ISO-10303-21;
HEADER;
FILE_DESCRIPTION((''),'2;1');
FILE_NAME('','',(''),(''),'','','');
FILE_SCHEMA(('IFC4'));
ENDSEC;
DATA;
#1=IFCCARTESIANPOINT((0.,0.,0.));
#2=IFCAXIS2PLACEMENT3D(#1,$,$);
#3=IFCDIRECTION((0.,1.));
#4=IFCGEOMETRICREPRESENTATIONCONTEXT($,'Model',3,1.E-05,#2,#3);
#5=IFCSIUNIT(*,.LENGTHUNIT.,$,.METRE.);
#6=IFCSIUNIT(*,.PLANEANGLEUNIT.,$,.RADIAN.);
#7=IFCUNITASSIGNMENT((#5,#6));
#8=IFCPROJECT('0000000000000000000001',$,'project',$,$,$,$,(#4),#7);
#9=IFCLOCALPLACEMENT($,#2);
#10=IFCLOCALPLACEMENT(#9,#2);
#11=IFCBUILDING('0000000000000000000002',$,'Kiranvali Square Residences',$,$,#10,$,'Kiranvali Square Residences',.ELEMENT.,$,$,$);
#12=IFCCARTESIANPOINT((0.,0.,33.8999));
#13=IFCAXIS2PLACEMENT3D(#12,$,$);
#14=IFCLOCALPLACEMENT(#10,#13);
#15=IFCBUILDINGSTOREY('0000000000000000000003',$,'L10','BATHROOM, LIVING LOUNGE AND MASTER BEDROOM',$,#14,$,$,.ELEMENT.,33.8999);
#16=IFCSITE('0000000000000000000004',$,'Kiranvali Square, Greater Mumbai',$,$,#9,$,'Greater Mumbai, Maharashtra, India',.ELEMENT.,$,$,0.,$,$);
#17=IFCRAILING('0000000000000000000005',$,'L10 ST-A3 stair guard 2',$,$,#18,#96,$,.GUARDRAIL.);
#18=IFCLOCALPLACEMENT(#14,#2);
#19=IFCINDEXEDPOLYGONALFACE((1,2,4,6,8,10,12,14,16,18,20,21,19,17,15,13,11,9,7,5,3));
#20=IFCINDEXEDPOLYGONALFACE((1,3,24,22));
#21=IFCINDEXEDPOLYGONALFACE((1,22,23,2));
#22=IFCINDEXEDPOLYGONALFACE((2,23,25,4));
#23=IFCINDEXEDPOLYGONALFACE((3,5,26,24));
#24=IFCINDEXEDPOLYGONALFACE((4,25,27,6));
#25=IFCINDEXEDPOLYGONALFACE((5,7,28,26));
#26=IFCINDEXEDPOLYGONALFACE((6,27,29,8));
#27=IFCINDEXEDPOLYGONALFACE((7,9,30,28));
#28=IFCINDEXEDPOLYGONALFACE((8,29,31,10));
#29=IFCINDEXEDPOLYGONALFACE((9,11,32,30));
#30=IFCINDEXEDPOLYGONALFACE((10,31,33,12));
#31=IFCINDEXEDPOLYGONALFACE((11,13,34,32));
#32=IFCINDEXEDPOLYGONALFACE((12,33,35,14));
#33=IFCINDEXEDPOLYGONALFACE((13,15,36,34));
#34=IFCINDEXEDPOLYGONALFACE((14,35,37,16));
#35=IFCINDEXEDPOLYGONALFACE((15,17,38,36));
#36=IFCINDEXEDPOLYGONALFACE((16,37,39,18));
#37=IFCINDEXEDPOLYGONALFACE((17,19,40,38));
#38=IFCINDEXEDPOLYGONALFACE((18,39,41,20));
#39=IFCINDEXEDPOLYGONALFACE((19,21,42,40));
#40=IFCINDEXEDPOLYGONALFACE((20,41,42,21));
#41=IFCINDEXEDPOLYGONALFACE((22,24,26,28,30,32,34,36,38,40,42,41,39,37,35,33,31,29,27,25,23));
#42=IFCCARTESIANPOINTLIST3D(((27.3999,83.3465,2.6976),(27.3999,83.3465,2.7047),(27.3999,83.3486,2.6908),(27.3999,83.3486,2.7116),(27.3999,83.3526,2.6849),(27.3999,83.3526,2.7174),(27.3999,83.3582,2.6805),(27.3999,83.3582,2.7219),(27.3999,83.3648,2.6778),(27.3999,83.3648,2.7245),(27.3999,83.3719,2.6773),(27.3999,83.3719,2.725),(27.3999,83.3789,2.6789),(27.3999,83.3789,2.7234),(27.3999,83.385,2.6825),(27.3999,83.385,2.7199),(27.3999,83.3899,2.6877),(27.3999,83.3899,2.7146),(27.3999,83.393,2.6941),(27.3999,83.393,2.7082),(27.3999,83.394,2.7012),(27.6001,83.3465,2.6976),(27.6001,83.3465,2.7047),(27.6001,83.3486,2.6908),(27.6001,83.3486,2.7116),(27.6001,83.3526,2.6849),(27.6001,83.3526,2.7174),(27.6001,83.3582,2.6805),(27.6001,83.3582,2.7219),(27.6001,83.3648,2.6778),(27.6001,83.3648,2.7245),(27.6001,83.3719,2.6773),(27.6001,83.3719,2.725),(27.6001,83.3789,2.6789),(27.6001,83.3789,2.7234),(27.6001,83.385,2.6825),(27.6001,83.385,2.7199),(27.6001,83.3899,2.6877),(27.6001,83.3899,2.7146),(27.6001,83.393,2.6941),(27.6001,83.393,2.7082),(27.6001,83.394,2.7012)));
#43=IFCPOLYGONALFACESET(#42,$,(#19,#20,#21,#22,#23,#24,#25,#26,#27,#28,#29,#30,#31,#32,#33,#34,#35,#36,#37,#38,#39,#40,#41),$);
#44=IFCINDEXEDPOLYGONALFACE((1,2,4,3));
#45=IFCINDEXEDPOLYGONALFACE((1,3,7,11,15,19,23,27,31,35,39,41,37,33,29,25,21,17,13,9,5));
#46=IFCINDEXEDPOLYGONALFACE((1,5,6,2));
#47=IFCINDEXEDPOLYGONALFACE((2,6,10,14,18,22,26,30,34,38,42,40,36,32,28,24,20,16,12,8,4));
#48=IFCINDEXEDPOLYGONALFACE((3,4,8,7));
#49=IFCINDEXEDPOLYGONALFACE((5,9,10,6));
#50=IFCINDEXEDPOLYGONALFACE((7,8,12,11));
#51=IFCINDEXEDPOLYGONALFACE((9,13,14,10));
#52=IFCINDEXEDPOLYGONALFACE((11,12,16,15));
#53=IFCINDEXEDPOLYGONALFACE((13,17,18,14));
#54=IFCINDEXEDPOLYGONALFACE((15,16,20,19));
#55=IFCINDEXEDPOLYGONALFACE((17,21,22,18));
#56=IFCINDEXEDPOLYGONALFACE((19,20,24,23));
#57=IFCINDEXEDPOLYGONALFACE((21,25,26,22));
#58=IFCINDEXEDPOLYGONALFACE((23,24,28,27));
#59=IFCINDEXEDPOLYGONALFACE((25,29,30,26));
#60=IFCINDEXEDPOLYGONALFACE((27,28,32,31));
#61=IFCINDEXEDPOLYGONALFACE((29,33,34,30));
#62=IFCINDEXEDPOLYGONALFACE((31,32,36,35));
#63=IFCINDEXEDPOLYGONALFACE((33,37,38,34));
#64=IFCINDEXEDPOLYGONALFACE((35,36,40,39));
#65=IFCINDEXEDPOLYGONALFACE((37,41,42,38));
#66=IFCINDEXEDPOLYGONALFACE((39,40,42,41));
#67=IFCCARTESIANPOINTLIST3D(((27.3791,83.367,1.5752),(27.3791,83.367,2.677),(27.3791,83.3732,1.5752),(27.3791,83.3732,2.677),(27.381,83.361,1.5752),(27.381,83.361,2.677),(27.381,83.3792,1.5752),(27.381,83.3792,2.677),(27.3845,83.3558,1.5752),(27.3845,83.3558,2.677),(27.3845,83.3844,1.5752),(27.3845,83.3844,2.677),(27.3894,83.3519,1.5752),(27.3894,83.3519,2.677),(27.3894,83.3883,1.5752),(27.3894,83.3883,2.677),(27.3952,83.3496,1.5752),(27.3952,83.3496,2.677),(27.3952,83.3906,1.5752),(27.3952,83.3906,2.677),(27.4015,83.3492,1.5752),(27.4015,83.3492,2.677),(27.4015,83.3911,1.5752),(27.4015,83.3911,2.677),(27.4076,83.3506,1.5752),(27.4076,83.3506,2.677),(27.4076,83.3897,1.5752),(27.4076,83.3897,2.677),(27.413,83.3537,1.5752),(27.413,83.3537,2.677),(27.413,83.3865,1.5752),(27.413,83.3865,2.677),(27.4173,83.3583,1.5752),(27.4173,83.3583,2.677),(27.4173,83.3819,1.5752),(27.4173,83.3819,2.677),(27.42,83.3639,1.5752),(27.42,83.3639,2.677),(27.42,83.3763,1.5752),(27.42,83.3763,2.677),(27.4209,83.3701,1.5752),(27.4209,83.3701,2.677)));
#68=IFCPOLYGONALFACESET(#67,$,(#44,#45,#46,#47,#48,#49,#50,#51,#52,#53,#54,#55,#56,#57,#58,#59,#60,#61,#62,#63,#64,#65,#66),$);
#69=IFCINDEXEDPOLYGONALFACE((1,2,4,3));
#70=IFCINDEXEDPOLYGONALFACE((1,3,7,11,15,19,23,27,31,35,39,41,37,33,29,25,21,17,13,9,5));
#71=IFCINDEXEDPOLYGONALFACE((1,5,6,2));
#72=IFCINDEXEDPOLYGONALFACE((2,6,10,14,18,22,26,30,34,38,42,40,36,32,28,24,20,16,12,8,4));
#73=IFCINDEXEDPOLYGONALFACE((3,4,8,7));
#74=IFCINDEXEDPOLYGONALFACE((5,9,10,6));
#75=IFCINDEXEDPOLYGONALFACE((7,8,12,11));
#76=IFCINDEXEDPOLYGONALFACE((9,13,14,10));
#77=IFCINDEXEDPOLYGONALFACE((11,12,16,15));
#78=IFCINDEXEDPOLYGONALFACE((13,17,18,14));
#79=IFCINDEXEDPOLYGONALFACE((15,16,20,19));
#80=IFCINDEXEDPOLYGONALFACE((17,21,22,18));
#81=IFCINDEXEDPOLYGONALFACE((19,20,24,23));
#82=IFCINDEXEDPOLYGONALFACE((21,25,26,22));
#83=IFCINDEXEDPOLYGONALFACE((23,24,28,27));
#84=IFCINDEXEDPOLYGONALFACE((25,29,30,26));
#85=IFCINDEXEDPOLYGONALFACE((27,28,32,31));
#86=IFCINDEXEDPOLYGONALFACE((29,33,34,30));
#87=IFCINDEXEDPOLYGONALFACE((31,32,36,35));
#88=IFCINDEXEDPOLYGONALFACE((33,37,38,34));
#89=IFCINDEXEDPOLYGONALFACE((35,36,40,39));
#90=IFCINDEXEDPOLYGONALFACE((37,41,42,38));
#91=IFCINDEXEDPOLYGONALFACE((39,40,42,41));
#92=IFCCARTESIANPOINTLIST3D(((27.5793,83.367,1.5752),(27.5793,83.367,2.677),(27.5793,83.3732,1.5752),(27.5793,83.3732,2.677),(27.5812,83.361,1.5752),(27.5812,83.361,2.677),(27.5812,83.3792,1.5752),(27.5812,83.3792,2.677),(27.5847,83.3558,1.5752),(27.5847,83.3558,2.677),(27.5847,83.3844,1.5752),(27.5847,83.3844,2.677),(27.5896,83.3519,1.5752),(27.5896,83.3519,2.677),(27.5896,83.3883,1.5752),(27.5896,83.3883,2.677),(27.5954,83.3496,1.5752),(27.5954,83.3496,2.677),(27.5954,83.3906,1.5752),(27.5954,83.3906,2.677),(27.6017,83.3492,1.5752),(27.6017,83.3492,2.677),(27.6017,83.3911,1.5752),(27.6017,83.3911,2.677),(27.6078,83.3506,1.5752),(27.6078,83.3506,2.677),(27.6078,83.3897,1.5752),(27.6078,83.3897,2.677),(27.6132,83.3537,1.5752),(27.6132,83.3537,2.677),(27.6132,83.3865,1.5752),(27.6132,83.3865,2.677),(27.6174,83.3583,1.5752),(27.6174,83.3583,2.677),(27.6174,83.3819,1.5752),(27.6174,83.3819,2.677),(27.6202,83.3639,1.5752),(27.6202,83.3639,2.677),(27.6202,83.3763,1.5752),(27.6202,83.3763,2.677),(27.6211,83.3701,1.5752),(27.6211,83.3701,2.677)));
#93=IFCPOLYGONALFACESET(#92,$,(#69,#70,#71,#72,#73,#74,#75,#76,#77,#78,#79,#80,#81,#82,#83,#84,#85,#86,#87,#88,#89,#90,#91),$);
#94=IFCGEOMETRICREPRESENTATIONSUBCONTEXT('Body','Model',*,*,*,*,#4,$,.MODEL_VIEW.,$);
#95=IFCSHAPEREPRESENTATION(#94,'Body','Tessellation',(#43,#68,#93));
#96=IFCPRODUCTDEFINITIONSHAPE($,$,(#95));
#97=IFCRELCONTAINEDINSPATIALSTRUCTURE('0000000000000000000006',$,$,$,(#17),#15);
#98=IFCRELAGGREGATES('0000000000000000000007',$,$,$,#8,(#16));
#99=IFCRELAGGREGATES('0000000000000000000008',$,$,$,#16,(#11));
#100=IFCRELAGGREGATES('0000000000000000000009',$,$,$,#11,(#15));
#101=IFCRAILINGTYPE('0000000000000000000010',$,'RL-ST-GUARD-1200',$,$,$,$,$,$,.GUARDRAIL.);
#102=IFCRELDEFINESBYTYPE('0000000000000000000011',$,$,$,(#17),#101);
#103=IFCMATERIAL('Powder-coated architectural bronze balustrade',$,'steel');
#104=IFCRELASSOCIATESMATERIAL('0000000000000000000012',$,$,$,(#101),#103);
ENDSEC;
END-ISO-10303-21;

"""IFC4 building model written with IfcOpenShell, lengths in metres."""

from ifc_helpers import new_model, si_unit, direction, frame, origin, origin_2d, place, context, subcontext, project, spatial, circle, extrude, material, type_object, element, save


model = new_model("IFC4")

# Units and contexts
model_context = context("Model", 3, precision=1e-05, world=origin(), true_north=direction((0.0, 1.0)))
body_context = subcontext(model_context, "Body", "Model", "MODEL_VIEW")
ifc_project = project(units=[si_unit("LENGTHUNIT", "METRE"), si_unit("PLANEANGLEUNIT", "RADIAN")], contexts=[model_context])

# Site, building, storey
site_placement = place(None, origin())
site = spatial("IfcSite", under=ifc_project, at=site_placement, Name="Kiranvali Square, Greater Mumbai", LongName="Greater Mumbai, Maharashtra, India", CompositionType="ELEMENT", RefElevation=0.0)
building_placement = place(site_placement, origin())
building = spatial("IfcBuilding", under=site, at=building_placement, Name="Kiranvali Square Residences", LongName="Kiranvali Square Residences", CompositionType="ELEMENT")
storey_placement = place(building_placement, frame((0.0, 0.0, 33.8999)))
storey = spatial("IfcBuildingStorey", under=building, at=storey_placement, Name="L10", Description="BATHROOM, LIVING LOUNGE AND MASTER BEDROOM", CompositionType="ELEMENT", Elevation=33.8999)

# Railing
ifc_material_1 = material(Name="Powder-coated architectural bronze balustrade", Category="steel")
railing_type = type_object("IfcRailingType", Name="RL-ST-GUARD-1200", PredefinedType="GUARDRAIL", material=ifc_material_1)
railing_1_placement = place(storey_placement, frame((27.3999, 83.3701, 1.5752)))
element("IfcRailing", 1, at=railing_1_placement, inside=storey, type_object=railing_type, Name="L10 ST-A3 stair guard 2", PredefinedType="GUARDRAIL", context=body_context, shape_type="SweptSolid", body=[
    extrude(circle(Radius=0.0239, at=origin_2d()), frame((0.0, 0.0, 1.126), z_axis=(1.0, 0.0, 0.0), x_axis=(0.0, 1.0, 0.0)), (0.0, 0.0, 1.0), 0.2002),
    extrude(circle(Radius=0.021, at=origin_2d()), origin(), (0.0, 0.0, 1.0), 1.1018),
    extrude(circle(Radius=0.021, at=origin_2d()), frame((0.2002, 0.0, 0.0)), (0.0, 0.0, 1.0), 1.1018),
])

save(model, "model.ifc")
